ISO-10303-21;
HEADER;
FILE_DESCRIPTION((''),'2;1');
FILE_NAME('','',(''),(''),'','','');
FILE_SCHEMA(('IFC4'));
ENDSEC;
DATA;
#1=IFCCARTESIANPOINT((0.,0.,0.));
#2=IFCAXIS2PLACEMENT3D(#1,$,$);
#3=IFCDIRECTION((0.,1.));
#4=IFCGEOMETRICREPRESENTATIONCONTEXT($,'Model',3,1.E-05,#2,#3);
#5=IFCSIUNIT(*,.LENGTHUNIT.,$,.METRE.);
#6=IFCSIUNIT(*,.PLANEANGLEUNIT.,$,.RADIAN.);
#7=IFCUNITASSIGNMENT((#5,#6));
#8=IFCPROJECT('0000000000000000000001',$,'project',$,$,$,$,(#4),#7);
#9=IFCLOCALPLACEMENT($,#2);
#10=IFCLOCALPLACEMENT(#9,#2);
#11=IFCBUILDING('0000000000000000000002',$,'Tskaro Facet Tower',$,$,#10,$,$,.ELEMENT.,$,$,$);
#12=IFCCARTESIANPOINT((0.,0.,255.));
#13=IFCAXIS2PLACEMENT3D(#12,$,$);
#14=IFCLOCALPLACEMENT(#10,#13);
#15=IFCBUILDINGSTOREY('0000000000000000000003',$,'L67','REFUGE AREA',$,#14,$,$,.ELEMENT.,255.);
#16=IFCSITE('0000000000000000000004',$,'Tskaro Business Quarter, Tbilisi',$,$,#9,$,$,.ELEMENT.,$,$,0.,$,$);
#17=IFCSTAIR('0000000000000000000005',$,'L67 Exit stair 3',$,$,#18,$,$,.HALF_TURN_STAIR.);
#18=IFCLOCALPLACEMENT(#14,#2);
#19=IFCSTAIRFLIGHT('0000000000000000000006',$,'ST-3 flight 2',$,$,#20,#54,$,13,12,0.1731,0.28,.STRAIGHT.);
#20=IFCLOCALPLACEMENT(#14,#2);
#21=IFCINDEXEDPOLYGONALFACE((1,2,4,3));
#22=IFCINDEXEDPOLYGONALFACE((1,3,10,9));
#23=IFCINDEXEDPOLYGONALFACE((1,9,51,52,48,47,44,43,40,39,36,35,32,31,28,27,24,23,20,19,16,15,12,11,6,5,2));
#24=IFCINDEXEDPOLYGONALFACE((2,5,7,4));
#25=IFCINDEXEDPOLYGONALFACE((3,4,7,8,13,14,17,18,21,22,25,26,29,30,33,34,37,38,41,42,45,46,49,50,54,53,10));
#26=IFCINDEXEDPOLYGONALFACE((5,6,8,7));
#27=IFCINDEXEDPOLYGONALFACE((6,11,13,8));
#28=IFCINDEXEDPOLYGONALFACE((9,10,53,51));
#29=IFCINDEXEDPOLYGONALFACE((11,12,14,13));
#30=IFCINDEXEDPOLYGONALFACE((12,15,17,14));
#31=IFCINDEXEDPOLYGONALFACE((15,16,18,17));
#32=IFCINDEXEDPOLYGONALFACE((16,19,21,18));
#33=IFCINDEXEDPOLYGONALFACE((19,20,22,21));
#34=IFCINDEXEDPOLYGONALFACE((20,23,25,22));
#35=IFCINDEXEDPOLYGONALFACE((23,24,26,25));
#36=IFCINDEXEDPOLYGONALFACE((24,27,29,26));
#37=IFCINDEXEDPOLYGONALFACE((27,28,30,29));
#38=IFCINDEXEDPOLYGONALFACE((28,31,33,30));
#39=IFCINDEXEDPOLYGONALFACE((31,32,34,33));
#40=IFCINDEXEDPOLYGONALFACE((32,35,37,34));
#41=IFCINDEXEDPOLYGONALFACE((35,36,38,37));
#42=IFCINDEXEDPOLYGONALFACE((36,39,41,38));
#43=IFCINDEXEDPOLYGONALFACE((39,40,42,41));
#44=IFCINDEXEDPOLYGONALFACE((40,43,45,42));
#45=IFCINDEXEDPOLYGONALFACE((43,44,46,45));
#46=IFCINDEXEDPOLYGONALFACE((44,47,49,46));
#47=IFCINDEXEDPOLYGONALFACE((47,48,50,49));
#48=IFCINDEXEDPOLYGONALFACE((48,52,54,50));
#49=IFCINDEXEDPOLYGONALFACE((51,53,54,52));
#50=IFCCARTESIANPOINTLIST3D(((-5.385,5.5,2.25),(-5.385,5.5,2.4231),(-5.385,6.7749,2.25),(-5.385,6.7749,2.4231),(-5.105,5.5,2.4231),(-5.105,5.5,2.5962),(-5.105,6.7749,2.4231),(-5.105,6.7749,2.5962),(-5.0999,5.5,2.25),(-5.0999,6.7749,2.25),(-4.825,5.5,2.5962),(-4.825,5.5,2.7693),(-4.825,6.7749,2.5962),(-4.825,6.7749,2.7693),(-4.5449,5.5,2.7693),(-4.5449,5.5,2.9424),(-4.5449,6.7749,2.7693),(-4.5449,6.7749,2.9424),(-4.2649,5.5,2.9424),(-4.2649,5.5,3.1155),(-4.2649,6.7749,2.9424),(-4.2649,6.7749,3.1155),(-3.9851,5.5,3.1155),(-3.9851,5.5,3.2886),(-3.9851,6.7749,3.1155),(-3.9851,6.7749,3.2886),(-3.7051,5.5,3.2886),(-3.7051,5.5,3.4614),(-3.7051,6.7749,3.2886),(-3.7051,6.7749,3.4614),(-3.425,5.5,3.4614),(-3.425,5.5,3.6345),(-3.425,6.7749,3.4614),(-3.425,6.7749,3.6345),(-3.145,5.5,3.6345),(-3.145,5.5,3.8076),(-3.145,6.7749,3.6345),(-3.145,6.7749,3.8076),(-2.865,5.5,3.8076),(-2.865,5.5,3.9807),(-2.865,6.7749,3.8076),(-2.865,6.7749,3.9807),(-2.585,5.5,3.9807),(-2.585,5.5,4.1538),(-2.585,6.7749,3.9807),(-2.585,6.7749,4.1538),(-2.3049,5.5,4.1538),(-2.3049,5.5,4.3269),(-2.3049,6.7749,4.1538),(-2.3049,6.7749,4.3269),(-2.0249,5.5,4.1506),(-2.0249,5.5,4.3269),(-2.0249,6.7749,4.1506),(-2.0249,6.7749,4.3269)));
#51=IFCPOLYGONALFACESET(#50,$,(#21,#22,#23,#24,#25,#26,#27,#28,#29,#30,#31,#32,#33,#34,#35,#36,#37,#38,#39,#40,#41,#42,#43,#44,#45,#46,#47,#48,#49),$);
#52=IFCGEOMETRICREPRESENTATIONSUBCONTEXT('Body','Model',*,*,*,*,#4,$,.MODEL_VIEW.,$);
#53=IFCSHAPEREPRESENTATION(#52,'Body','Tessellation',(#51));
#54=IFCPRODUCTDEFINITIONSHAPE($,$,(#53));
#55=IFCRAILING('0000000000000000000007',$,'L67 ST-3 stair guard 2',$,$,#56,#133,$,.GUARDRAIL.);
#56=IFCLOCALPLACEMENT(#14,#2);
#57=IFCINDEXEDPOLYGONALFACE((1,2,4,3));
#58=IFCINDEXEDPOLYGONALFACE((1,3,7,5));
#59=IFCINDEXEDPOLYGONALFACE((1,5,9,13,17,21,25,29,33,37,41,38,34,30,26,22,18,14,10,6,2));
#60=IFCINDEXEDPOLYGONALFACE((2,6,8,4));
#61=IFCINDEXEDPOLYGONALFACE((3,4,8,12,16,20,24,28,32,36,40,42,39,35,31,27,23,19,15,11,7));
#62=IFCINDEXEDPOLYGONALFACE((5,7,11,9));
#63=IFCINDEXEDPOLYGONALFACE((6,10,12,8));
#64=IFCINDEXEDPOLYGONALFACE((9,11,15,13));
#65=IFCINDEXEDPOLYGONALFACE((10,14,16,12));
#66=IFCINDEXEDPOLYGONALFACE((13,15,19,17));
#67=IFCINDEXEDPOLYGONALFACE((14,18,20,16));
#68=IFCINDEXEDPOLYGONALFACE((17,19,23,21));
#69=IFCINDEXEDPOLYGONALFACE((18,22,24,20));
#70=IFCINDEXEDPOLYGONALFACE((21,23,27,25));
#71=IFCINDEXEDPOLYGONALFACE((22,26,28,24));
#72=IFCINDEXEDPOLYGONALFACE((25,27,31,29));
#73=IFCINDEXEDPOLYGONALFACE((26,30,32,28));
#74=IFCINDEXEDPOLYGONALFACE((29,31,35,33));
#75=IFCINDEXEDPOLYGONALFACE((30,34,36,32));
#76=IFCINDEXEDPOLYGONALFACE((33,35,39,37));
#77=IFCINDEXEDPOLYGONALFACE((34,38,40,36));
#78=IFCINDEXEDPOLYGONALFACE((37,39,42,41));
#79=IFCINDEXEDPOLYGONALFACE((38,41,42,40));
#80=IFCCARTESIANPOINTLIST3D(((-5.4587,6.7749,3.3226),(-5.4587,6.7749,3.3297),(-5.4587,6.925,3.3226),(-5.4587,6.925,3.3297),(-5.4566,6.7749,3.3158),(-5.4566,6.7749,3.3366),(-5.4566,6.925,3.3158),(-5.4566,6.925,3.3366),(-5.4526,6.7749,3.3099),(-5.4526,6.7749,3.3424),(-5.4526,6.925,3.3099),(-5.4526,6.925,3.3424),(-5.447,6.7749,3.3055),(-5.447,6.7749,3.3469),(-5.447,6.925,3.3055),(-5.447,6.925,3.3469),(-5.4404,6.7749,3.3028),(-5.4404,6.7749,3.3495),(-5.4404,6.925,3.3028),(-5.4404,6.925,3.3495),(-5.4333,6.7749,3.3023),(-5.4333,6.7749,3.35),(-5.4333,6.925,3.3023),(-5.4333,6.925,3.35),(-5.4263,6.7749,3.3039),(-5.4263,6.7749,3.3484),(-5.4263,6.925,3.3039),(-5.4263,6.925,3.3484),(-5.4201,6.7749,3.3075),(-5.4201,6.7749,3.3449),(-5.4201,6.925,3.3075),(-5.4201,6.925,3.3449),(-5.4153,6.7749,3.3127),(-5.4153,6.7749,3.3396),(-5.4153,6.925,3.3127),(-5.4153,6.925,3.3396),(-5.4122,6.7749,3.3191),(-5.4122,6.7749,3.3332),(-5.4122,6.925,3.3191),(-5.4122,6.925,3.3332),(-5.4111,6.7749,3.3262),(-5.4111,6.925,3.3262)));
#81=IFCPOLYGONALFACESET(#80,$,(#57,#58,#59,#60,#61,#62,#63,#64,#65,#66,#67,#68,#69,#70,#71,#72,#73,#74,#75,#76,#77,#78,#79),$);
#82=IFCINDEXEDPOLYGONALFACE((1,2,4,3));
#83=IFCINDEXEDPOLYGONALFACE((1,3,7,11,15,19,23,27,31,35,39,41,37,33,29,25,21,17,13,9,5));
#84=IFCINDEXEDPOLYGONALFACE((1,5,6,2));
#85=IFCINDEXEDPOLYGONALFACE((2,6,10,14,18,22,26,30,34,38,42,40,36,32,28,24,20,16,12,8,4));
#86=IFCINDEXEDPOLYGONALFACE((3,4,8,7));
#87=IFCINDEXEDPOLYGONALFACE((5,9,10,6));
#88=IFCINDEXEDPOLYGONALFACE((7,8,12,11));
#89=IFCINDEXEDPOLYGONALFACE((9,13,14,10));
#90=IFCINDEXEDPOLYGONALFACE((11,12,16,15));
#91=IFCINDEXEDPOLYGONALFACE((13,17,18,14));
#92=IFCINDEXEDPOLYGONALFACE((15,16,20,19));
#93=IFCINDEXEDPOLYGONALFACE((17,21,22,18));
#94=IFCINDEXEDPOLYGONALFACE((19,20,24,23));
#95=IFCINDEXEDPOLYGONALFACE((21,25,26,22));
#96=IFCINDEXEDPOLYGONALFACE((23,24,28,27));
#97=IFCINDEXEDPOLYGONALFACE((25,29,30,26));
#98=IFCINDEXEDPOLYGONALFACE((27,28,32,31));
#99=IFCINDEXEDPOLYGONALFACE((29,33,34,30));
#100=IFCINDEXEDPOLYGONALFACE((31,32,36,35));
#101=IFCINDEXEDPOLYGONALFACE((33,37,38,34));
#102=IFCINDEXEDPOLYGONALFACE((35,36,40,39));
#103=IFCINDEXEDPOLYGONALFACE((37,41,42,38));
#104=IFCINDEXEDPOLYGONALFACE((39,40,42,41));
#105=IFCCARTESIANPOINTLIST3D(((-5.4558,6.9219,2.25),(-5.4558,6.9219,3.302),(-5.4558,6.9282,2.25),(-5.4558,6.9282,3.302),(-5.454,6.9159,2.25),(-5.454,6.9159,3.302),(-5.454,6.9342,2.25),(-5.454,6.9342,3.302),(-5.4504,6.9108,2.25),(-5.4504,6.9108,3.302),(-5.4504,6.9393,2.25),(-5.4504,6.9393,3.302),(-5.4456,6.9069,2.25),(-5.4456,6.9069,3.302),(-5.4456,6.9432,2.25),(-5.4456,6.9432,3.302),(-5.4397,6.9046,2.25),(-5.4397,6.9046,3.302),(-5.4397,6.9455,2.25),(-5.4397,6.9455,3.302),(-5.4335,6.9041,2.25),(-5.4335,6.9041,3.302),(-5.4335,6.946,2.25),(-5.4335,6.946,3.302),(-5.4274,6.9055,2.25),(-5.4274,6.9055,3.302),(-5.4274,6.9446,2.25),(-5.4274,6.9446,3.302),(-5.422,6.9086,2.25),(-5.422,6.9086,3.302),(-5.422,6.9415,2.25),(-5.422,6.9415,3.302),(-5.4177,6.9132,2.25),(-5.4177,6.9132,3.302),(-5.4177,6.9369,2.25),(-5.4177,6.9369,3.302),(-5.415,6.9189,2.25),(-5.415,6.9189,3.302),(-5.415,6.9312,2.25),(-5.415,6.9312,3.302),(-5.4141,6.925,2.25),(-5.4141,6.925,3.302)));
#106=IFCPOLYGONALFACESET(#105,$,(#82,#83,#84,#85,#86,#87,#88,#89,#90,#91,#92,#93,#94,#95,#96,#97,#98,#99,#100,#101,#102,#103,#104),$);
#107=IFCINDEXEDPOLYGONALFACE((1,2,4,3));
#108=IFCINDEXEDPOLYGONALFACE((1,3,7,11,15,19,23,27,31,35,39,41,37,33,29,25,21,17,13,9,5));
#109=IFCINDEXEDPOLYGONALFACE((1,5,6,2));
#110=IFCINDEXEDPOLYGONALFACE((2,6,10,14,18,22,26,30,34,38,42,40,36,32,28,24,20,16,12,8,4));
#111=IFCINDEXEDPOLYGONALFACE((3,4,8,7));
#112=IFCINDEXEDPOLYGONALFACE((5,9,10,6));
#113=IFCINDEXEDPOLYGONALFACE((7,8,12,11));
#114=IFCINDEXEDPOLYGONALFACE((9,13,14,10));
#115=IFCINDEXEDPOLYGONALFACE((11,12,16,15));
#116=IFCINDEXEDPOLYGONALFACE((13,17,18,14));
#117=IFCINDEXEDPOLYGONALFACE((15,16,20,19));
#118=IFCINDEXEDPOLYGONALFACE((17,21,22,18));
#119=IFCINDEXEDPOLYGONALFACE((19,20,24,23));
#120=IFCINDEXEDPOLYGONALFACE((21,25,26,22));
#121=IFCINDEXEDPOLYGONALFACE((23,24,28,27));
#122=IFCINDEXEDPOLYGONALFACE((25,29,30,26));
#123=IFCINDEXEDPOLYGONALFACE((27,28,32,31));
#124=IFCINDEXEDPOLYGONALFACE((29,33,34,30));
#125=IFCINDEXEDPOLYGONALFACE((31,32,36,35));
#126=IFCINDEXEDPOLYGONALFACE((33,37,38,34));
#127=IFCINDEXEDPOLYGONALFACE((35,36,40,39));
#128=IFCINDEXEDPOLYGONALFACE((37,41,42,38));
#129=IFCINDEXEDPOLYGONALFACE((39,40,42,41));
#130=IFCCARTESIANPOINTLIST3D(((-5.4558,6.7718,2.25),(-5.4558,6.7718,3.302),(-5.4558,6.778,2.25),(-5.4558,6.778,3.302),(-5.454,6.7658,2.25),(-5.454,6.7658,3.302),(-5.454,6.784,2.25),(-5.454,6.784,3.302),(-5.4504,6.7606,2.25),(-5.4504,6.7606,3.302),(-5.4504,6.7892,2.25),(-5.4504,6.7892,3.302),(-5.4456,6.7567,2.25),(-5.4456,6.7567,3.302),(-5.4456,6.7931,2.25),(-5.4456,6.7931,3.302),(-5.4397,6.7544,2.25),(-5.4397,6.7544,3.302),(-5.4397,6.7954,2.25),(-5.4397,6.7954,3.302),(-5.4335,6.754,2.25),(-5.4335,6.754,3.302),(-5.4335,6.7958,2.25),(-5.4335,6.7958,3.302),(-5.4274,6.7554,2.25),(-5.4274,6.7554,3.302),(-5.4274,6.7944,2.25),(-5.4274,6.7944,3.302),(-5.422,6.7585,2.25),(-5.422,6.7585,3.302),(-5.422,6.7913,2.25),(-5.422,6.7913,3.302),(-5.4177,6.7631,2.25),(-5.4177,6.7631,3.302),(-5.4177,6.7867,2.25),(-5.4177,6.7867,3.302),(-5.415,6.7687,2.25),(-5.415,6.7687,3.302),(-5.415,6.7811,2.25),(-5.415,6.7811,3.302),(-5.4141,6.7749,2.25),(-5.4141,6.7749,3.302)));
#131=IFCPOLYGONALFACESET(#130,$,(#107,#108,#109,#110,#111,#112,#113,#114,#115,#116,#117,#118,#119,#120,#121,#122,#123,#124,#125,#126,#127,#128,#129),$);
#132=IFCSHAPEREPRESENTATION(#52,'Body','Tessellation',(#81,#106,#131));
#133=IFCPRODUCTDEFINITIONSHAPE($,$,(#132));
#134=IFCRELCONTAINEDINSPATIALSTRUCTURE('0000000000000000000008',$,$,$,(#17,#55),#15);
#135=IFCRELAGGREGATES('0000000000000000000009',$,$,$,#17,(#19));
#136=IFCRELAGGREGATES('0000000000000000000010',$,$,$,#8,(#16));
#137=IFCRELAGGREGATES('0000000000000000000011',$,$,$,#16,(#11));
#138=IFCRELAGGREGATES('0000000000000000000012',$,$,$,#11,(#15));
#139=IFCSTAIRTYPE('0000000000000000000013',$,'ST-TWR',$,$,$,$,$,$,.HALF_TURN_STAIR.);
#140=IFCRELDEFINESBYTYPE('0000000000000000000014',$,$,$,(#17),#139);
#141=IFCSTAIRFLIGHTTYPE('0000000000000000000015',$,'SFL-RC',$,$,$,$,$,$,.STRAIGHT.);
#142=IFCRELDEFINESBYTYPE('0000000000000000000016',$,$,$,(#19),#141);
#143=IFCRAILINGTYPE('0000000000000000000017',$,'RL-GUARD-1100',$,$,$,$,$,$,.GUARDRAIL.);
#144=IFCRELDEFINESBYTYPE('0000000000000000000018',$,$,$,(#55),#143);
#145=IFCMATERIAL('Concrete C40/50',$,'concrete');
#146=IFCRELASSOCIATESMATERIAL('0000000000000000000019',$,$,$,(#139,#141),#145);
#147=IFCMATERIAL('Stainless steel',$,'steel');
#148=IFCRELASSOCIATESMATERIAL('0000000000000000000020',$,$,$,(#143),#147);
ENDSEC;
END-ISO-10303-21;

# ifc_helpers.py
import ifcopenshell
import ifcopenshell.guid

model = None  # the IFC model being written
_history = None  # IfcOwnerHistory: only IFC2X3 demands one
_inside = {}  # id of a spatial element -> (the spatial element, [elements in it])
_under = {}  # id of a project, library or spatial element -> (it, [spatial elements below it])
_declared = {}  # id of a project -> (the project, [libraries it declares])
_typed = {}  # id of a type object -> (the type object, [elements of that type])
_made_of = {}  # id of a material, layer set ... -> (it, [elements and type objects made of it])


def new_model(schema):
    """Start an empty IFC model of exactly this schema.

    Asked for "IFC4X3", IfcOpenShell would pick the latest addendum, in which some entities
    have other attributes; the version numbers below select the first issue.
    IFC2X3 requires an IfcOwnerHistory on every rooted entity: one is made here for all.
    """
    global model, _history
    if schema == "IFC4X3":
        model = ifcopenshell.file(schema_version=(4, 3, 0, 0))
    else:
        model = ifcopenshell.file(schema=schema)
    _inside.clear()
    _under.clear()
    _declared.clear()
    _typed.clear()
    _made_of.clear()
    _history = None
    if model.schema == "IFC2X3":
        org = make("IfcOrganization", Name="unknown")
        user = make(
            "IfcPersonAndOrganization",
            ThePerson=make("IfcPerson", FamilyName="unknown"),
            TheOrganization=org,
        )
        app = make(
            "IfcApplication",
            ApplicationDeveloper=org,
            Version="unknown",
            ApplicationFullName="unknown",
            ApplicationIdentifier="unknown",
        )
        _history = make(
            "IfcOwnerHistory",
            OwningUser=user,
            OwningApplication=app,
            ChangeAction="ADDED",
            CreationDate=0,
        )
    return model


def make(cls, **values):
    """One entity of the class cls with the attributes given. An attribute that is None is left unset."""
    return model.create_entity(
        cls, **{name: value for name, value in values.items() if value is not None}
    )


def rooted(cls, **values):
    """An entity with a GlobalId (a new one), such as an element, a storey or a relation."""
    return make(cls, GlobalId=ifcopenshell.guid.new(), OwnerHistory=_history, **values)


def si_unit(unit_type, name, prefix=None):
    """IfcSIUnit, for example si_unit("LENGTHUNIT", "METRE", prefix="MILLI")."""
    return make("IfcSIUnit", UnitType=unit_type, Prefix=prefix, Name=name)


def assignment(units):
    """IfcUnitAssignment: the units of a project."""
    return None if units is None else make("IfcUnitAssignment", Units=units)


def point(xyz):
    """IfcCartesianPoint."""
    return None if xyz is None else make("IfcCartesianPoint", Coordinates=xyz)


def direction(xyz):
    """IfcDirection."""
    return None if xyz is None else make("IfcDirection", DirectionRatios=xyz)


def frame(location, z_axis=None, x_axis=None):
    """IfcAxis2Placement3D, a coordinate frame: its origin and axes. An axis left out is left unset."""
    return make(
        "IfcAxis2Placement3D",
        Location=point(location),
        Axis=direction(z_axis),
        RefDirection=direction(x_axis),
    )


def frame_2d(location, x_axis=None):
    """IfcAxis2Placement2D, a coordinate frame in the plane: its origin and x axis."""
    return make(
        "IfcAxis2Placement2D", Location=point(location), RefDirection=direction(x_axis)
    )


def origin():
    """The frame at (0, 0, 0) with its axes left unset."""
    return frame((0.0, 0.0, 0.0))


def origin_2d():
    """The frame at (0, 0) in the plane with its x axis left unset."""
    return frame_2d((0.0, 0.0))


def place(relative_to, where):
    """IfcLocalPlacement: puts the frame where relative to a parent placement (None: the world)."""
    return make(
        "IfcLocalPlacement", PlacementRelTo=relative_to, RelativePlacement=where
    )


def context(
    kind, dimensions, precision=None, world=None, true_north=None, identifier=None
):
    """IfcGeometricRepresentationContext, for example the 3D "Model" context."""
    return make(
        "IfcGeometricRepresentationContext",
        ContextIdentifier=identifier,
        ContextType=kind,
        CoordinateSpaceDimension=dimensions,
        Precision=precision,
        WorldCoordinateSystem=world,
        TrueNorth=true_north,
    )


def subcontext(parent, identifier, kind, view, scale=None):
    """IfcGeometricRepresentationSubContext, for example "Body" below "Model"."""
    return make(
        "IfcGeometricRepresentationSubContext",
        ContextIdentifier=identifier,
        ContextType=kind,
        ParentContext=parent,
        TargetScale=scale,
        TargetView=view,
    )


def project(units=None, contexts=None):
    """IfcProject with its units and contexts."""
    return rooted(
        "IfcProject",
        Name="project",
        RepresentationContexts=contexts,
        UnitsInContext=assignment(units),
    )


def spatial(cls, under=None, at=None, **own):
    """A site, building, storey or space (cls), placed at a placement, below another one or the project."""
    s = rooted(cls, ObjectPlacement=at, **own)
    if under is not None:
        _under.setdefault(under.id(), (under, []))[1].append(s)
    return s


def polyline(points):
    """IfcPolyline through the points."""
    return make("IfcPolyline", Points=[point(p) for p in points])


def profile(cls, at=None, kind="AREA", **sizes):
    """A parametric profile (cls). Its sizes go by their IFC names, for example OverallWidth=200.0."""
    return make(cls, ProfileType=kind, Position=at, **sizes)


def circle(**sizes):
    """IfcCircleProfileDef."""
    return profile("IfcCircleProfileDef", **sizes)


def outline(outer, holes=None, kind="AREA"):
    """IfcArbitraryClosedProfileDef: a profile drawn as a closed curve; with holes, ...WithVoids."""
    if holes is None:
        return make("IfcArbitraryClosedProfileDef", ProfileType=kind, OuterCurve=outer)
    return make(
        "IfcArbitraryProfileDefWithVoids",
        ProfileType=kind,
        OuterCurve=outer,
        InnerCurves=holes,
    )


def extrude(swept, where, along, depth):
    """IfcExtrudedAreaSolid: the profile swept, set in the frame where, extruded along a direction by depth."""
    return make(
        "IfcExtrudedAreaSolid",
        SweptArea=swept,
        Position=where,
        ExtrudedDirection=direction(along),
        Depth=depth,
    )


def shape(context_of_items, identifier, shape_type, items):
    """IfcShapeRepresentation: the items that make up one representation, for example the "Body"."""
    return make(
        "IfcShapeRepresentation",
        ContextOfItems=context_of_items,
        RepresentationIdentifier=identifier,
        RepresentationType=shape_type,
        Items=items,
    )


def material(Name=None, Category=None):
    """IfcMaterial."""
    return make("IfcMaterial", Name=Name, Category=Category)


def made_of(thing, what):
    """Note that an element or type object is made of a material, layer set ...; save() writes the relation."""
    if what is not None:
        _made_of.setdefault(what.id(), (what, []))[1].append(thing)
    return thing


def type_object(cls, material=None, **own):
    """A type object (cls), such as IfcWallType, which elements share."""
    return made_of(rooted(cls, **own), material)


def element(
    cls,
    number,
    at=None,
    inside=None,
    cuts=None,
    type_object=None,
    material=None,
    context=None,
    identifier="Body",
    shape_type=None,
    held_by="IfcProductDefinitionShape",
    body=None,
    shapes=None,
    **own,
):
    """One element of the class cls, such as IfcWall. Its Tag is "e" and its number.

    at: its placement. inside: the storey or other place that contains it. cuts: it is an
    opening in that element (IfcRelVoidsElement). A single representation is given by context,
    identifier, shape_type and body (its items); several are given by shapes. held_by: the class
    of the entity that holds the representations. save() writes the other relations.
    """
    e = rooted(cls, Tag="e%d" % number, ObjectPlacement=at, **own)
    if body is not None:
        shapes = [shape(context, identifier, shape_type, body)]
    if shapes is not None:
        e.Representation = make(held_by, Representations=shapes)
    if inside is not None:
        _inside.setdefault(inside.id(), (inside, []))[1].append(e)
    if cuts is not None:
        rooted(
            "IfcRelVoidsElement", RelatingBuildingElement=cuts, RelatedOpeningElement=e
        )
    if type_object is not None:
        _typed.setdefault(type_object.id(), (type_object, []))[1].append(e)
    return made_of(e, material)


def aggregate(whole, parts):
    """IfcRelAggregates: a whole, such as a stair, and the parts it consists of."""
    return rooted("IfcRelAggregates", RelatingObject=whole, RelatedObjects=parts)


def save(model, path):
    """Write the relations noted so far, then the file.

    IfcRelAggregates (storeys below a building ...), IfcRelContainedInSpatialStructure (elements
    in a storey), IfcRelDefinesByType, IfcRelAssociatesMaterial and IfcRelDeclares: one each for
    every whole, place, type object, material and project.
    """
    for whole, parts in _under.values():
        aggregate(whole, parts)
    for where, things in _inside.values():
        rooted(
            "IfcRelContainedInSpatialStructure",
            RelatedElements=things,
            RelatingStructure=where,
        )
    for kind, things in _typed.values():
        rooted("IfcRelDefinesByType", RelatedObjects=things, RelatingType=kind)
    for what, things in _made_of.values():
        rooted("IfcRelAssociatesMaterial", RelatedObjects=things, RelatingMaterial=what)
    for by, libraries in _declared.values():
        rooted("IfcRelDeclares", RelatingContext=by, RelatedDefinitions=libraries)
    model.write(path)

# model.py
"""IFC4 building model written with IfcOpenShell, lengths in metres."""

from ifc_helpers import new_model, si_unit, direction, frame, origin, origin_2d, place, context, subcontext, project, spatial, polyline, circle, outline, extrude, material, type_object, element, aggregate, save


model = new_model("IFC4")

# Units and contexts
model_context = context("Model", 3, precision=1e-05, world=origin(), true_north=direction((0.0, 1.0)))
body_context = subcontext(model_context, "Body", "Model", "MODEL_VIEW")
ifc_project = project(units=[si_unit("LENGTHUNIT", "METRE"), si_unit("PLANEANGLEUNIT", "RADIAN")], contexts=[model_context])

# Site, building, storey
site_placement = place(None, origin())
site = spatial("IfcSite", under=ifc_project, at=site_placement, Name="Tskaro Business Quarter, Tbilisi", CompositionType="ELEMENT", RefElevation=0.0)
building_placement = place(site_placement, origin())
building = spatial("IfcBuilding", under=site, at=building_placement, Name="Tskaro Facet Tower", CompositionType="ELEMENT")
storey_placement = place(building_placement, frame((0.0, 0.0, 255.0)))
storey = spatial("IfcBuildingStorey", under=building, at=storey_placement, Name="L67", Description="REFUGE AREA", CompositionType="ELEMENT", Elevation=255.0)

# Stair, stair flight
ifc_material_1 = material(Name="Concrete C40/50", Category="concrete")
stair_type = type_object("IfcStairType", Name="ST-TWR", PredefinedType="HALF_TURN_STAIR", material=ifc_material_1)
stair_placement = place(storey_placement, origin())
stair = element("IfcStair", 1, at=stair_placement, inside=storey, type_object=stair_type, Name="L67 Exit stair 3", PredefinedType="HALF_TURN_STAIR")
stair_flight_type = type_object("IfcStairFlightType", Name="SFL-RC", PredefinedType="STRAIGHT", material=ifc_material_1)
stair_flight_placement = place(storey_placement, frame((-5.385, 6.1375, 2.25), z_axis=(0.0, 0.0, 1.0), x_axis=(1.0, 0.0, 0.0)))
stair_flight = element("IfcStairFlight", 2, at=stair_flight_placement, type_object=stair_flight_type, Name="ST-3 flight 2", NumberOfRisers=13, NumberOfTreads=12, PredefinedType="STRAIGHT", RiserHeight=0.1731, TreadLength=0.28, context=body_context, shape_type="SweptSolid", body=[
    extrude(outline(polyline([(0.0, 0.0), (0.0, 0.1731), (0.28, 0.1731), (0.28, 0.3462), (0.5601, 0.3462), (0.5601, 0.5193), (0.8401, 0.5193), (0.8401, 0.6924), (1.1201, 0.6924), (1.1201, 0.8655), (1.3999, 0.8655), (1.3999, 1.0386), (1.6799, 1.0386), (1.6799, 1.2114), (1.96, 1.2114), (1.96, 1.3845), (2.24, 1.3845), (2.24, 1.5576), (2.52, 1.5576), (2.52, 1.7307), (2.8, 1.7307), (2.8, 1.9038), (3.0801, 1.9038), (3.0801, 2.0769), (3.3601, 2.0769), (3.3601, 2.25), (3.3601, 1.9006), (0.2852, 0.0), (0.0, 0.0)])), frame((0.0, 0.6375, 0.0), z_axis=(0.0, -1.0, 0.0), x_axis=(1.0, 0.0, 0.0)), (0.0, 0.0, 1.0), 1.2749),
])
aggregate(stair, [stair_flight])

# Railing
ifc_material_2 = material(Name="Stainless steel", Category="steel")
railing_type_1 = type_object("IfcRailingType", Name="RL-GUARD-1100", PredefinedType="GUARDRAIL", material=ifc_material_2)
railing_1_placement = place(storey_placement, frame((-5.4351, 6.925, 2.25)))
element("IfcRailing", 3, at=railing_1_placement, inside=storey, type_object=railing_type_1, Name="L67 ST-3 stair guard 2", PredefinedType="GUARDRAIL", context=body_context, shape_type="SweptSolid", body=[
    extrude(circle(Radius=0.0239, at=origin_2d()), frame((0.0, 0.0, 1.0762), z_axis=(0.0, -1.0, 0.0), x_axis=(1.0, 0.0, 0.0)), (0.0, 0.0, 1.0), 0.1501),
    extrude(circle(Radius=0.021, at=origin_2d()), origin(), (0.0, 0.0, 1.0), 1.052),
    extrude(circle(Radius=0.021, at=origin_2d()), frame((0.0, -0.1501, 0.0)), (0.0, 0.0, 1.0), 1.052),
])

save(model, "model.ifc")
